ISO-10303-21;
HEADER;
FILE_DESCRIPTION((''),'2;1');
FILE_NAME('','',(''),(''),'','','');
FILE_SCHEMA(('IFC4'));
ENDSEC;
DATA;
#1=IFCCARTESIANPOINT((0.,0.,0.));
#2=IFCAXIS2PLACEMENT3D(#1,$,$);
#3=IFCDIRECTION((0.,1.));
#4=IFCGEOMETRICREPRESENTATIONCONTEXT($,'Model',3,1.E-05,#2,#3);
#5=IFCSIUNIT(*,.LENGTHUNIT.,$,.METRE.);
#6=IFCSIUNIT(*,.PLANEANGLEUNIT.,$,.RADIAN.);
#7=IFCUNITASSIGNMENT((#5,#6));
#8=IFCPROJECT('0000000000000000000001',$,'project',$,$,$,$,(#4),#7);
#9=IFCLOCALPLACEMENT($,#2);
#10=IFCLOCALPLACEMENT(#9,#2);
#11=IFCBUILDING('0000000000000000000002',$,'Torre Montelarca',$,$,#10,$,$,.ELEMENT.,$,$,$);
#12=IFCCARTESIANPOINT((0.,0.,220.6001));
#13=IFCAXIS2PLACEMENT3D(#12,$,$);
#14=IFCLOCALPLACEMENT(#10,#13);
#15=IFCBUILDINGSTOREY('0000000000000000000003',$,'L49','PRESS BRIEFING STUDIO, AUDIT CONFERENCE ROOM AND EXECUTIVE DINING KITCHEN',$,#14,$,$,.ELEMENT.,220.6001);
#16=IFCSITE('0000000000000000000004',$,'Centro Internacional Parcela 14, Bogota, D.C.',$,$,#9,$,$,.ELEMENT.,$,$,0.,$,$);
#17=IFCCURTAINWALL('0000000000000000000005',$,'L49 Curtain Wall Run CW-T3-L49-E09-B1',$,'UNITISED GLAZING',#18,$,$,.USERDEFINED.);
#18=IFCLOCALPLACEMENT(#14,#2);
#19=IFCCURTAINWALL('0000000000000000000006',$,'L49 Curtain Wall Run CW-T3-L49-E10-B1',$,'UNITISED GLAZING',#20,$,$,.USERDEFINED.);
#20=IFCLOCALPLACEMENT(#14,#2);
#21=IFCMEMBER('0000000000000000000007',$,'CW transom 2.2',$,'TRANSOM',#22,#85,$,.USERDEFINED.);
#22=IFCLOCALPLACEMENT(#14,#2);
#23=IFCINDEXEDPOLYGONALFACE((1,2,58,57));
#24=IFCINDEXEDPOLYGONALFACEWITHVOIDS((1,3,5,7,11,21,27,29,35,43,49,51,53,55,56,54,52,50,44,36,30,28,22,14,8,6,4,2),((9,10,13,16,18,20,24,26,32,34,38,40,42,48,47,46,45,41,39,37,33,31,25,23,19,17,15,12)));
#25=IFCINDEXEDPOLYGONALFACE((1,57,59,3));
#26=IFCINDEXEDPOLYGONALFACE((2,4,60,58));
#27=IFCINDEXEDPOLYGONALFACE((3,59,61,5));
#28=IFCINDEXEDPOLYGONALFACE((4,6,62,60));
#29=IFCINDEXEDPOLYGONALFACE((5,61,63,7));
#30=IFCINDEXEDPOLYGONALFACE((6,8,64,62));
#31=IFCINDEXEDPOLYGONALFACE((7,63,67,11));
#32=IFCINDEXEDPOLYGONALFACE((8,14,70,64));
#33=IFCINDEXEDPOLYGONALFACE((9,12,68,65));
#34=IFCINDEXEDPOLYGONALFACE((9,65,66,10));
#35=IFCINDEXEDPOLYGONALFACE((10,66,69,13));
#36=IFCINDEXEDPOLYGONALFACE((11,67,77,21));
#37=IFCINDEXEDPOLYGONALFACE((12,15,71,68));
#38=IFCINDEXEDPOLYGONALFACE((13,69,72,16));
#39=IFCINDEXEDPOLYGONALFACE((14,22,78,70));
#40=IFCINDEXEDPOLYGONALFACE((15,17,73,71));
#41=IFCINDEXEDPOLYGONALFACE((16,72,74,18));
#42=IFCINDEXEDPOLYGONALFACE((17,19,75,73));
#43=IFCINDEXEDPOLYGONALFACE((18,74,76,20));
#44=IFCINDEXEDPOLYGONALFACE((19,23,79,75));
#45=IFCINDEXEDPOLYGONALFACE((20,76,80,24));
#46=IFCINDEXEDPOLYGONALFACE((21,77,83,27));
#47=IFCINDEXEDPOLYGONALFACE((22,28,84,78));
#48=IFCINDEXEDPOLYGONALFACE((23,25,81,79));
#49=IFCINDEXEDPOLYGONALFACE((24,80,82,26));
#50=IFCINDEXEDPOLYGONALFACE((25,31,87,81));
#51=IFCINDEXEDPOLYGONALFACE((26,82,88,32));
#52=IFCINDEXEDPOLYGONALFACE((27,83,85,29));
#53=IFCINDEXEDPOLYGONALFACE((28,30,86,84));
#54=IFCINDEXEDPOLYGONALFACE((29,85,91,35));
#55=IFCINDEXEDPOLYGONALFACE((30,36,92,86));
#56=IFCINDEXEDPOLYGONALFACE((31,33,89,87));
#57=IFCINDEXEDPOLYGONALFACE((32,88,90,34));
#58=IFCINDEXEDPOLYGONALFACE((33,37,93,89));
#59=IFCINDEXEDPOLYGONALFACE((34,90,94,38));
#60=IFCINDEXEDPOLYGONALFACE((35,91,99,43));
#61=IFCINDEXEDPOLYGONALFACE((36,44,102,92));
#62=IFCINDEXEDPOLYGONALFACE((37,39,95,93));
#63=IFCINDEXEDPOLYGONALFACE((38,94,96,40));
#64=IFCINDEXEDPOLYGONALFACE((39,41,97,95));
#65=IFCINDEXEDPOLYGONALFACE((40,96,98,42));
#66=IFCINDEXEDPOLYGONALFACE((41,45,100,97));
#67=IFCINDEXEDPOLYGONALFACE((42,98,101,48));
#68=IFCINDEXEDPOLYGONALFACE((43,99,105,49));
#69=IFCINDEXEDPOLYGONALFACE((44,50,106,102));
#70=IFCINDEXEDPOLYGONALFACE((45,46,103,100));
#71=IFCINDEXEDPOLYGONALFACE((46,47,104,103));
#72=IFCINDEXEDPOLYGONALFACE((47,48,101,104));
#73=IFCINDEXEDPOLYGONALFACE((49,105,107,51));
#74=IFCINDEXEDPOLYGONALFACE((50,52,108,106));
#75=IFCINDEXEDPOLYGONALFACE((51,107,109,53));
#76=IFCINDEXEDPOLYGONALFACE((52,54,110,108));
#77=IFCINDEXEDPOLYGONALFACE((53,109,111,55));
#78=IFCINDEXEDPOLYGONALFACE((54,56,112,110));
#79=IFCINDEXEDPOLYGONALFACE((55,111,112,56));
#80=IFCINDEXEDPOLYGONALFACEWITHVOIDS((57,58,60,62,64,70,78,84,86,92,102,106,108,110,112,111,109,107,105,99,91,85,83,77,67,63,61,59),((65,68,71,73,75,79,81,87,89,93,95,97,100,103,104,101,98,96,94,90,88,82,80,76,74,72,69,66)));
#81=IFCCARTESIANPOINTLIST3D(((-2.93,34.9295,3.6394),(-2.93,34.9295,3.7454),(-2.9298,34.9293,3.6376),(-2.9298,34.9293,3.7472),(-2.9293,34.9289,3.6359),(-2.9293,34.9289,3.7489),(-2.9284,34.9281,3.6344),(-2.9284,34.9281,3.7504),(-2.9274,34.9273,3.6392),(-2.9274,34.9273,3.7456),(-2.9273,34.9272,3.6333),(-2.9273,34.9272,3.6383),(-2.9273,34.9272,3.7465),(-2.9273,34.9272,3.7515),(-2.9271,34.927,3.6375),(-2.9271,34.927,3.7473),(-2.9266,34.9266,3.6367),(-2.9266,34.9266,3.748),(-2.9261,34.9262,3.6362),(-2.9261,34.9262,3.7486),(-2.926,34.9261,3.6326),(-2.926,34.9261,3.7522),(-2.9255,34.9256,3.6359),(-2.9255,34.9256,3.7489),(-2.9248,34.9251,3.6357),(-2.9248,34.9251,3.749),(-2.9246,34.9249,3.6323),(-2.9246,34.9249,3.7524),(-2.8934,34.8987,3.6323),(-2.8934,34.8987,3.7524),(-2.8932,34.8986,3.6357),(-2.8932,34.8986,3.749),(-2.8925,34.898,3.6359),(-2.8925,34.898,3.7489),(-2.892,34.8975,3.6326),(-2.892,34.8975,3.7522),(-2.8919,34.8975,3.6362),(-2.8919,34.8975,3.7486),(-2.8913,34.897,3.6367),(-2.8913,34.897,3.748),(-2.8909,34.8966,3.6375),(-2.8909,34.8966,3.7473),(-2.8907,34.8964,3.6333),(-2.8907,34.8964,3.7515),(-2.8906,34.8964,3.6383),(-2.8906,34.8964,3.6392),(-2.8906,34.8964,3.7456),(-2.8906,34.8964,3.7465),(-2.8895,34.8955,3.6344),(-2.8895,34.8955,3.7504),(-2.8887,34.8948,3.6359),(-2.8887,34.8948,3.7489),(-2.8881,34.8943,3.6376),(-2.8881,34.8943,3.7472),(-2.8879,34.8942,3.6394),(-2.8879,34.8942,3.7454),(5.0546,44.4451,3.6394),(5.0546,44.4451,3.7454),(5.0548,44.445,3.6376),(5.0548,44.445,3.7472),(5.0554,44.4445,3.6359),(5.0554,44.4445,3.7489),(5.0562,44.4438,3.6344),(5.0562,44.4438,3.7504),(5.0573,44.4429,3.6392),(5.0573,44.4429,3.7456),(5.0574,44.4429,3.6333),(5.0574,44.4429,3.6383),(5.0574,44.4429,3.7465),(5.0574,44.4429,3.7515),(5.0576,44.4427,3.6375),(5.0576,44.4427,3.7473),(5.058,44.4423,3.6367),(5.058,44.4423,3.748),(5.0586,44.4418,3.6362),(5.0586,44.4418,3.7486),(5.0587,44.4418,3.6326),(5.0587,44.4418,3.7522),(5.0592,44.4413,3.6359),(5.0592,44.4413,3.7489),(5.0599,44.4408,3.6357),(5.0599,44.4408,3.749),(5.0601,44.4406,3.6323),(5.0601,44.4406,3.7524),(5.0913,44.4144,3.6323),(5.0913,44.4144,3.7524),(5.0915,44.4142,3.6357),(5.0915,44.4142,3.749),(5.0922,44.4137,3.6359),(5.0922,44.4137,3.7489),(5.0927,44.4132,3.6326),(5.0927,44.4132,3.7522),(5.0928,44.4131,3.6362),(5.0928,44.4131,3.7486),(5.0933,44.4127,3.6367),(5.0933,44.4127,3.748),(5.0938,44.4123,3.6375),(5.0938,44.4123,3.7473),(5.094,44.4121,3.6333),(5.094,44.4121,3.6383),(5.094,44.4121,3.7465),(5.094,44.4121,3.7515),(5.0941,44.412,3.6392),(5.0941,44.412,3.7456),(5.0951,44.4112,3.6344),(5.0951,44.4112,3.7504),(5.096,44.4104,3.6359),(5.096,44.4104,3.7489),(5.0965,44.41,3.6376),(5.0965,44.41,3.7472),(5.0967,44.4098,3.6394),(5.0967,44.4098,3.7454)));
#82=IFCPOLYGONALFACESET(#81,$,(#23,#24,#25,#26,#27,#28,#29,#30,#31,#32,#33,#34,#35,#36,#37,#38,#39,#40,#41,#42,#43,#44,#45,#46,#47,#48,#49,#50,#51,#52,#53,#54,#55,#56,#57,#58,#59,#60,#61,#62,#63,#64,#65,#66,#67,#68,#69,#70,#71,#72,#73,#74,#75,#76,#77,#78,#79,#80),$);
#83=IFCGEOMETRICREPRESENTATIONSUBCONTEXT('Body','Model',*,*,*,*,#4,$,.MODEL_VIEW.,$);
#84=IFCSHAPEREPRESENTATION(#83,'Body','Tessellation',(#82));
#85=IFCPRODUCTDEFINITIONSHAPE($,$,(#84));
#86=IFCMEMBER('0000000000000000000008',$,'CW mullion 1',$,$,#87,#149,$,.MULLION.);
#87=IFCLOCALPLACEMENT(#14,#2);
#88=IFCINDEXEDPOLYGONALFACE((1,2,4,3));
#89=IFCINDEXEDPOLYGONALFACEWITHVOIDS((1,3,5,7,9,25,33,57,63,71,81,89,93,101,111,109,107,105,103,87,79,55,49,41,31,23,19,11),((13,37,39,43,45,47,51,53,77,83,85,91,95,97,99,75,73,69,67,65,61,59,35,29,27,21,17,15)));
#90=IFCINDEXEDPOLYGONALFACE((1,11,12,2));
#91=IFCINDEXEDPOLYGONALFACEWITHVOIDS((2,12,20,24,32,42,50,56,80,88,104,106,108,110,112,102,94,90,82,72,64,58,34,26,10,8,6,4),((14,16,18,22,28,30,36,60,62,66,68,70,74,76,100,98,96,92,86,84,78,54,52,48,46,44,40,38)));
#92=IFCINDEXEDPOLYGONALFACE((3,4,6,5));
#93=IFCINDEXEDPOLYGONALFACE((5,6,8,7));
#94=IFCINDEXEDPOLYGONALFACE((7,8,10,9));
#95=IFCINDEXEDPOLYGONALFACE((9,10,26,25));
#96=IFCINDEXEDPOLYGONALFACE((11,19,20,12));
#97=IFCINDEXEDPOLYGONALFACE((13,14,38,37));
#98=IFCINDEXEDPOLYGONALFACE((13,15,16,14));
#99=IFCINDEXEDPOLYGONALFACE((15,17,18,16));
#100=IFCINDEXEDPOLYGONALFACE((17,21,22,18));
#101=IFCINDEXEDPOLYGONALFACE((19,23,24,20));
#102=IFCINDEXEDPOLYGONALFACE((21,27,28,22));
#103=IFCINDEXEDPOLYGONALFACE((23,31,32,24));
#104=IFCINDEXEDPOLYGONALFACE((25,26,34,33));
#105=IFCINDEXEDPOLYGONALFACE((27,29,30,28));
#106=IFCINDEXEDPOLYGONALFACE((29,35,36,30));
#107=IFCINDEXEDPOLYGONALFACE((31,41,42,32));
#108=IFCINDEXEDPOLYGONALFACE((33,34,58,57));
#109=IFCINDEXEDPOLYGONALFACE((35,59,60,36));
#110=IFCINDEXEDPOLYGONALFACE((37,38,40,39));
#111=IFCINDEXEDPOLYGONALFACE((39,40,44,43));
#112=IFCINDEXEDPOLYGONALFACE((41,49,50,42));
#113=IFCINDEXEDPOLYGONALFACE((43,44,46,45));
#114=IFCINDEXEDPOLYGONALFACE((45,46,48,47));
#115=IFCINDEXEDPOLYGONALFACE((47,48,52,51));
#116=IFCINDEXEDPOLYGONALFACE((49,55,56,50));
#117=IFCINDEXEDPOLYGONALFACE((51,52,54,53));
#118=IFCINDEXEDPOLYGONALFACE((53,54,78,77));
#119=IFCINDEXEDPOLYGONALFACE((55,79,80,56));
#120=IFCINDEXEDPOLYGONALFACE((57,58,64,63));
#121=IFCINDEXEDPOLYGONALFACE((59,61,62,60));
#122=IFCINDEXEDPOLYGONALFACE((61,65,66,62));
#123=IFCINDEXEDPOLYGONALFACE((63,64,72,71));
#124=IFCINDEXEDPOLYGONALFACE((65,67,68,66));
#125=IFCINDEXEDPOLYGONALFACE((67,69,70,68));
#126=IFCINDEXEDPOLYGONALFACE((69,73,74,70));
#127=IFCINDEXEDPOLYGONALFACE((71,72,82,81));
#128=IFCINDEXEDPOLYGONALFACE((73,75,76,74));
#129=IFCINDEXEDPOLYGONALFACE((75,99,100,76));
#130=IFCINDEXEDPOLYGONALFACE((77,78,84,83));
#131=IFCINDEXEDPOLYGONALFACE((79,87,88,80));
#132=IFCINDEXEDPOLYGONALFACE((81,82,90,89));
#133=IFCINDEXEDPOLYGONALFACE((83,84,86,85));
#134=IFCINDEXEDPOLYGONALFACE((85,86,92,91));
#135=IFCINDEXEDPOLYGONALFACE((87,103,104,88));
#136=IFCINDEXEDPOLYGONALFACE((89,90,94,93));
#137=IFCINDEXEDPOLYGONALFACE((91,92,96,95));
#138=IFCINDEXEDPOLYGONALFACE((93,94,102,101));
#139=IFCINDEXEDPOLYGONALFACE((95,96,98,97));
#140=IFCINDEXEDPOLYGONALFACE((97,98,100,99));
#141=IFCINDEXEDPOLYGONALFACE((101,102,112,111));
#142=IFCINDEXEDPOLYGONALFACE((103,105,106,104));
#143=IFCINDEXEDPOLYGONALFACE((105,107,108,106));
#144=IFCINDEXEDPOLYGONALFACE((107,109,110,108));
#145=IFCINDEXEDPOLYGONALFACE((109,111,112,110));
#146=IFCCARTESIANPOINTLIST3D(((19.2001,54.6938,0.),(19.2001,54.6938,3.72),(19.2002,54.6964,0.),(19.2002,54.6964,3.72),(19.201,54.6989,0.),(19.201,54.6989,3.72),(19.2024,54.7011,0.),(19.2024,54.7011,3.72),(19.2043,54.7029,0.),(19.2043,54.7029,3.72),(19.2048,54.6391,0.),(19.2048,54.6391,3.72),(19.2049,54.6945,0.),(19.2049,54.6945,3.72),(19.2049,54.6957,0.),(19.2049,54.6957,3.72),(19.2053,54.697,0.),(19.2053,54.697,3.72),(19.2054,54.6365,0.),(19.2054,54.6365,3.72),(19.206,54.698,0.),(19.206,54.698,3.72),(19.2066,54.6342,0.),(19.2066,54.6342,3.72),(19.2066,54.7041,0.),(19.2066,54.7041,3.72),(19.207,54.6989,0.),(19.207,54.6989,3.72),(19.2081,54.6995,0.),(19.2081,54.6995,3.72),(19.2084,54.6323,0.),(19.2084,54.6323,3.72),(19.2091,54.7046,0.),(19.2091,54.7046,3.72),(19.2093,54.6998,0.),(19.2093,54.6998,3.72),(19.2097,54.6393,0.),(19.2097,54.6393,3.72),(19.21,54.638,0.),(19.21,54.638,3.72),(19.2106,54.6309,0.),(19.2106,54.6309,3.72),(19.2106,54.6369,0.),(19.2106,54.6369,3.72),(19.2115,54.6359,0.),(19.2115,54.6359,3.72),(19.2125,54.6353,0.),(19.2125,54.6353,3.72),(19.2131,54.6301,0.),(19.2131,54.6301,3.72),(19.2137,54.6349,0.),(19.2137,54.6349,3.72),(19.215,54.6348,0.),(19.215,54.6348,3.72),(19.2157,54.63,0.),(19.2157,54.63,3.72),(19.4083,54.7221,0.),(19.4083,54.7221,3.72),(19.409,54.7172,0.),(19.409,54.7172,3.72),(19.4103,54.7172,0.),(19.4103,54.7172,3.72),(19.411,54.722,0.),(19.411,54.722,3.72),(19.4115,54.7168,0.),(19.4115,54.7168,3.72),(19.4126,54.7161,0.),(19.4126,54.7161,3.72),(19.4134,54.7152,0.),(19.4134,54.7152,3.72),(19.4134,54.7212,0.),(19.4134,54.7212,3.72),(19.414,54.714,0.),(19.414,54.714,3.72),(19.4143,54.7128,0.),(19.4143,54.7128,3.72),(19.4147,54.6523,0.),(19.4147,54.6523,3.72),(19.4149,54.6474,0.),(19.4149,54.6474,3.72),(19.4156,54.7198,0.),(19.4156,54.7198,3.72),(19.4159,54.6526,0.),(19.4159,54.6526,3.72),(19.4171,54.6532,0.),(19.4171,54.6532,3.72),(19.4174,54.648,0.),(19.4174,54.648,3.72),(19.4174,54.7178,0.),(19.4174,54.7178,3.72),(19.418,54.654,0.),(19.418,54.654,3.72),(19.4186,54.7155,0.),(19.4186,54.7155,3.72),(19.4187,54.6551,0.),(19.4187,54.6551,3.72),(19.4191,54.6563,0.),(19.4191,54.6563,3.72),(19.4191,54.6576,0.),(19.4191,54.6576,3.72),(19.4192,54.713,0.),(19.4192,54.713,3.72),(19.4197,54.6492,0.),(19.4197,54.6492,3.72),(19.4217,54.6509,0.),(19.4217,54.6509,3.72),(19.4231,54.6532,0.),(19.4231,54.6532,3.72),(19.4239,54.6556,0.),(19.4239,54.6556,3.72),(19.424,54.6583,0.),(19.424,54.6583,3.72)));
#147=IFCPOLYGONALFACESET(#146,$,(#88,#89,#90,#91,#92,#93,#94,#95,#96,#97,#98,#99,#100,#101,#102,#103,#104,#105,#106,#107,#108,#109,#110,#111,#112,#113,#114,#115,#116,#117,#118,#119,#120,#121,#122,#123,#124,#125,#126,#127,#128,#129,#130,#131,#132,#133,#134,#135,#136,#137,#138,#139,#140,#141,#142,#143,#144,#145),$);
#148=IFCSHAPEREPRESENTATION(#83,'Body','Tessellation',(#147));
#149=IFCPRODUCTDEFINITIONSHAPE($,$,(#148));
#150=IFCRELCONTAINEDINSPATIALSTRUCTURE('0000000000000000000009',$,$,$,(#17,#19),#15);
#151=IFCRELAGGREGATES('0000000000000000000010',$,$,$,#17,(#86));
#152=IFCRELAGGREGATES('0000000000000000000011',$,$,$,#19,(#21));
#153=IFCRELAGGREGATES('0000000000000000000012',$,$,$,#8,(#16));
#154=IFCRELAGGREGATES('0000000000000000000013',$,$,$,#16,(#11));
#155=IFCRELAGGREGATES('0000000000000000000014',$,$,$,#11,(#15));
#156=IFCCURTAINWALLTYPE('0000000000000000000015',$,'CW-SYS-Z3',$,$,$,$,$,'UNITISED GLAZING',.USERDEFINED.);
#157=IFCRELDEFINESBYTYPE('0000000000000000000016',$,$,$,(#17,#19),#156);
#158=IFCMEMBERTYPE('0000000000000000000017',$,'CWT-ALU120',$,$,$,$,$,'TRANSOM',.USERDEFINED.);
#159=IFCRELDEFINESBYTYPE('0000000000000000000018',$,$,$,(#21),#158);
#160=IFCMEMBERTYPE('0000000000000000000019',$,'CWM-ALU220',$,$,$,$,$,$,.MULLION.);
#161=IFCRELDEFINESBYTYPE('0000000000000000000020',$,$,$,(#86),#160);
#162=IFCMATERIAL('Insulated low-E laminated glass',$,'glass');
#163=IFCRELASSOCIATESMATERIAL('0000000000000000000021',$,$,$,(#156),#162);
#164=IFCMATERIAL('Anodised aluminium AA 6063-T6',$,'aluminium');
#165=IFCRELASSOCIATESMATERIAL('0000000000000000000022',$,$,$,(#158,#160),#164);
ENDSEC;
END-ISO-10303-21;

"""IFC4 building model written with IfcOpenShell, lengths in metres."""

from ifc_helpers import new_model, si_unit, direction, frame, origin, origin_2d, place, context, subcontext, project, spatial, hollow_rectangle, extrude, source, transform, mapped, material, material_profile, profile_set, type_object, element, aggregate, save


model = new_model("IFC4")

# Units and contexts
model_context = context("Model", 3, precision=1e-05, world=origin(), true_north=direction((0.0, 1.0)))
body_context = subcontext(model_context, "Body", "Model", "MODEL_VIEW")
ifc_project = project(units=[si_unit("LENGTHUNIT", "METRE"), si_unit("PLANEANGLEUNIT", "RADIAN")], contexts=[model_context])

# Site, building, storey
site_placement = place(None, origin())
site = spatial("IfcSite", under=ifc_project, at=site_placement, Name="Centro Internacional Parcela 14, Bogota, D.C.", CompositionType="ELEMENT", RefElevation=0.0)
building_placement = place(site_placement, origin())
building = spatial("IfcBuilding", under=site, at=building_placement, Name="Torre Montelarca", CompositionType="ELEMENT")
storey_placement = place(building_placement, frame((0.0, 0.0, 220.6001)))
storey = spatial("IfcBuildingStorey", under=building, at=storey_placement, Name="L49", Description="PRESS BRIEFING STUDIO, AUDIT CONFERENCE ROOM AND EXECUTIVE DINING KITCHEN", CompositionType="ELEMENT", Elevation=220.6001)

# Curtain walls, member
ifc_material_1 = material(Name="Insulated low-E laminated glass", Category="glass")
curtain_wall_type = type_object("IfcCurtainWallType", Name="CW-SYS-Z3", ElementType="UNITISED GLAZING", PredefinedType="USERDEFINED", material=ifc_material_1)
curtain_wall_1_placement = place(storey_placement, origin())
curtain_wall_1 = element("IfcCurtainWall", 1, at=curtain_wall_1_placement, inside=storey, type_object=curtain_wall_type, Name="L49 Curtain Wall Run CW-T3-L49-E09-B1", ObjectType="UNITISED GLAZING", PredefinedType="USERDEFINED")
ifc_material_2 = material(Name="Anodised aluminium AA 6063-T6", Category="aluminium")
ifc_material_profile_1 = material_profile(ifc_material_2, hollow_rectangle(XDim=0.0549, YDim=0.1201, WallThickness=0.0034, InnerFilletRadius=0.0034, OuterFilletRadius=0.0071, at=origin_2d()), Name="ALU55X120X3.5", Category="aluminium")
ifc_profile_set_1 = profile_set([ifc_material_profile_1], Name="Anodised aluminium AA 6063-T6")
member_type_1 = type_object("IfcMemberType", Name="CWT-ALU120", ElementType="TRANSOM", PredefinedType="USERDEFINED", material=ifc_profile_set_1)
curtain_wall_2_placement = place(storey_placement, origin())
curtain_wall_2 = element("IfcCurtainWall", 2, at=curtain_wall_2_placement, inside=storey, type_object=curtain_wall_type, Name="L49 Curtain Wall Run CW-T3-L49-E10-B1", ObjectType="UNITISED GLAZING", PredefinedType="USERDEFINED")
shared_shape_1 = source(origin(), body_context, "Body", "SweptSolid", [
    extrude(hollow_rectangle(XDim=0.0549, YDim=0.1201, WallThickness=0.0034, InnerFilletRadius=0.0034, OuterFilletRadius=0.0071, at=origin_2d()), origin(), (0.0, 0.0, 1.0), 12.4219),
])
member_1_placement = place(storey_placement, frame((5.0757, 44.4275, 3.6924), z_axis=(-0.642791, -0.766042, 0.0), x_axis=(0.766042, -0.642791, 0.0)))
member_1 = element("IfcMember", 3, at=member_1_placement, type_object=member_type_1, Name="CW transom 2.2", ObjectType="TRANSOM", PredefinedType="USERDEFINED", context=body_context, shape_type="MappedRepresentation", body=[
    mapped(shared_shape_1, transform((0.0, 0.0, 0.0), scale=1.0)),
])

# Member
ifc_material_profile_2 = material_profile(ifc_material_2, hollow_rectangle(XDim=0.075, YDim=0.22, WallThickness=0.0049, InnerFilletRadius=0.0049, OuterFilletRadius=0.01, at=origin_2d()), Name="ALU75X220X5", Category="aluminium")
ifc_profile_set_2 = profile_set([ifc_material_profile_2], Name="Anodised aluminium AA 6063-T6")
member_type_2 = type_object("IfcMemberType", Name="CWM-ALU220", PredefinedType="MULLION", material=ifc_profile_set_2)
shared_shape_2 = source(origin(), body_context, "Body", "SweptSolid", [
    extrude(hollow_rectangle(XDim=0.075, YDim=0.22, WallThickness=0.0049, InnerFilletRadius=0.0049, OuterFilletRadius=0.01, at=origin_2d()), origin(), (0.0, 0.0, 1.0), 3.72),
])
member_2_placement = place(storey_placement, frame((19.312, 54.676, 0.0), z_axis=(0.0, 0.0, 1.0), x_axis=(0.087183, -0.996192, 0.0)))
member_2 = element("IfcMember", 4, at=member_2_placement, type_object=member_type_2, Name="CW mullion 1", PredefinedType="MULLION", context=body_context, shape_type="MappedRepresentation", body=[
    mapped(shared_shape_2, transform((0.0, 0.0, 0.0), scale=1.0)),
])

aggregate(curtain_wall_1, [member_2])
aggregate(curtain_wall_2, [member_1])

save(model, "model.ifc")
